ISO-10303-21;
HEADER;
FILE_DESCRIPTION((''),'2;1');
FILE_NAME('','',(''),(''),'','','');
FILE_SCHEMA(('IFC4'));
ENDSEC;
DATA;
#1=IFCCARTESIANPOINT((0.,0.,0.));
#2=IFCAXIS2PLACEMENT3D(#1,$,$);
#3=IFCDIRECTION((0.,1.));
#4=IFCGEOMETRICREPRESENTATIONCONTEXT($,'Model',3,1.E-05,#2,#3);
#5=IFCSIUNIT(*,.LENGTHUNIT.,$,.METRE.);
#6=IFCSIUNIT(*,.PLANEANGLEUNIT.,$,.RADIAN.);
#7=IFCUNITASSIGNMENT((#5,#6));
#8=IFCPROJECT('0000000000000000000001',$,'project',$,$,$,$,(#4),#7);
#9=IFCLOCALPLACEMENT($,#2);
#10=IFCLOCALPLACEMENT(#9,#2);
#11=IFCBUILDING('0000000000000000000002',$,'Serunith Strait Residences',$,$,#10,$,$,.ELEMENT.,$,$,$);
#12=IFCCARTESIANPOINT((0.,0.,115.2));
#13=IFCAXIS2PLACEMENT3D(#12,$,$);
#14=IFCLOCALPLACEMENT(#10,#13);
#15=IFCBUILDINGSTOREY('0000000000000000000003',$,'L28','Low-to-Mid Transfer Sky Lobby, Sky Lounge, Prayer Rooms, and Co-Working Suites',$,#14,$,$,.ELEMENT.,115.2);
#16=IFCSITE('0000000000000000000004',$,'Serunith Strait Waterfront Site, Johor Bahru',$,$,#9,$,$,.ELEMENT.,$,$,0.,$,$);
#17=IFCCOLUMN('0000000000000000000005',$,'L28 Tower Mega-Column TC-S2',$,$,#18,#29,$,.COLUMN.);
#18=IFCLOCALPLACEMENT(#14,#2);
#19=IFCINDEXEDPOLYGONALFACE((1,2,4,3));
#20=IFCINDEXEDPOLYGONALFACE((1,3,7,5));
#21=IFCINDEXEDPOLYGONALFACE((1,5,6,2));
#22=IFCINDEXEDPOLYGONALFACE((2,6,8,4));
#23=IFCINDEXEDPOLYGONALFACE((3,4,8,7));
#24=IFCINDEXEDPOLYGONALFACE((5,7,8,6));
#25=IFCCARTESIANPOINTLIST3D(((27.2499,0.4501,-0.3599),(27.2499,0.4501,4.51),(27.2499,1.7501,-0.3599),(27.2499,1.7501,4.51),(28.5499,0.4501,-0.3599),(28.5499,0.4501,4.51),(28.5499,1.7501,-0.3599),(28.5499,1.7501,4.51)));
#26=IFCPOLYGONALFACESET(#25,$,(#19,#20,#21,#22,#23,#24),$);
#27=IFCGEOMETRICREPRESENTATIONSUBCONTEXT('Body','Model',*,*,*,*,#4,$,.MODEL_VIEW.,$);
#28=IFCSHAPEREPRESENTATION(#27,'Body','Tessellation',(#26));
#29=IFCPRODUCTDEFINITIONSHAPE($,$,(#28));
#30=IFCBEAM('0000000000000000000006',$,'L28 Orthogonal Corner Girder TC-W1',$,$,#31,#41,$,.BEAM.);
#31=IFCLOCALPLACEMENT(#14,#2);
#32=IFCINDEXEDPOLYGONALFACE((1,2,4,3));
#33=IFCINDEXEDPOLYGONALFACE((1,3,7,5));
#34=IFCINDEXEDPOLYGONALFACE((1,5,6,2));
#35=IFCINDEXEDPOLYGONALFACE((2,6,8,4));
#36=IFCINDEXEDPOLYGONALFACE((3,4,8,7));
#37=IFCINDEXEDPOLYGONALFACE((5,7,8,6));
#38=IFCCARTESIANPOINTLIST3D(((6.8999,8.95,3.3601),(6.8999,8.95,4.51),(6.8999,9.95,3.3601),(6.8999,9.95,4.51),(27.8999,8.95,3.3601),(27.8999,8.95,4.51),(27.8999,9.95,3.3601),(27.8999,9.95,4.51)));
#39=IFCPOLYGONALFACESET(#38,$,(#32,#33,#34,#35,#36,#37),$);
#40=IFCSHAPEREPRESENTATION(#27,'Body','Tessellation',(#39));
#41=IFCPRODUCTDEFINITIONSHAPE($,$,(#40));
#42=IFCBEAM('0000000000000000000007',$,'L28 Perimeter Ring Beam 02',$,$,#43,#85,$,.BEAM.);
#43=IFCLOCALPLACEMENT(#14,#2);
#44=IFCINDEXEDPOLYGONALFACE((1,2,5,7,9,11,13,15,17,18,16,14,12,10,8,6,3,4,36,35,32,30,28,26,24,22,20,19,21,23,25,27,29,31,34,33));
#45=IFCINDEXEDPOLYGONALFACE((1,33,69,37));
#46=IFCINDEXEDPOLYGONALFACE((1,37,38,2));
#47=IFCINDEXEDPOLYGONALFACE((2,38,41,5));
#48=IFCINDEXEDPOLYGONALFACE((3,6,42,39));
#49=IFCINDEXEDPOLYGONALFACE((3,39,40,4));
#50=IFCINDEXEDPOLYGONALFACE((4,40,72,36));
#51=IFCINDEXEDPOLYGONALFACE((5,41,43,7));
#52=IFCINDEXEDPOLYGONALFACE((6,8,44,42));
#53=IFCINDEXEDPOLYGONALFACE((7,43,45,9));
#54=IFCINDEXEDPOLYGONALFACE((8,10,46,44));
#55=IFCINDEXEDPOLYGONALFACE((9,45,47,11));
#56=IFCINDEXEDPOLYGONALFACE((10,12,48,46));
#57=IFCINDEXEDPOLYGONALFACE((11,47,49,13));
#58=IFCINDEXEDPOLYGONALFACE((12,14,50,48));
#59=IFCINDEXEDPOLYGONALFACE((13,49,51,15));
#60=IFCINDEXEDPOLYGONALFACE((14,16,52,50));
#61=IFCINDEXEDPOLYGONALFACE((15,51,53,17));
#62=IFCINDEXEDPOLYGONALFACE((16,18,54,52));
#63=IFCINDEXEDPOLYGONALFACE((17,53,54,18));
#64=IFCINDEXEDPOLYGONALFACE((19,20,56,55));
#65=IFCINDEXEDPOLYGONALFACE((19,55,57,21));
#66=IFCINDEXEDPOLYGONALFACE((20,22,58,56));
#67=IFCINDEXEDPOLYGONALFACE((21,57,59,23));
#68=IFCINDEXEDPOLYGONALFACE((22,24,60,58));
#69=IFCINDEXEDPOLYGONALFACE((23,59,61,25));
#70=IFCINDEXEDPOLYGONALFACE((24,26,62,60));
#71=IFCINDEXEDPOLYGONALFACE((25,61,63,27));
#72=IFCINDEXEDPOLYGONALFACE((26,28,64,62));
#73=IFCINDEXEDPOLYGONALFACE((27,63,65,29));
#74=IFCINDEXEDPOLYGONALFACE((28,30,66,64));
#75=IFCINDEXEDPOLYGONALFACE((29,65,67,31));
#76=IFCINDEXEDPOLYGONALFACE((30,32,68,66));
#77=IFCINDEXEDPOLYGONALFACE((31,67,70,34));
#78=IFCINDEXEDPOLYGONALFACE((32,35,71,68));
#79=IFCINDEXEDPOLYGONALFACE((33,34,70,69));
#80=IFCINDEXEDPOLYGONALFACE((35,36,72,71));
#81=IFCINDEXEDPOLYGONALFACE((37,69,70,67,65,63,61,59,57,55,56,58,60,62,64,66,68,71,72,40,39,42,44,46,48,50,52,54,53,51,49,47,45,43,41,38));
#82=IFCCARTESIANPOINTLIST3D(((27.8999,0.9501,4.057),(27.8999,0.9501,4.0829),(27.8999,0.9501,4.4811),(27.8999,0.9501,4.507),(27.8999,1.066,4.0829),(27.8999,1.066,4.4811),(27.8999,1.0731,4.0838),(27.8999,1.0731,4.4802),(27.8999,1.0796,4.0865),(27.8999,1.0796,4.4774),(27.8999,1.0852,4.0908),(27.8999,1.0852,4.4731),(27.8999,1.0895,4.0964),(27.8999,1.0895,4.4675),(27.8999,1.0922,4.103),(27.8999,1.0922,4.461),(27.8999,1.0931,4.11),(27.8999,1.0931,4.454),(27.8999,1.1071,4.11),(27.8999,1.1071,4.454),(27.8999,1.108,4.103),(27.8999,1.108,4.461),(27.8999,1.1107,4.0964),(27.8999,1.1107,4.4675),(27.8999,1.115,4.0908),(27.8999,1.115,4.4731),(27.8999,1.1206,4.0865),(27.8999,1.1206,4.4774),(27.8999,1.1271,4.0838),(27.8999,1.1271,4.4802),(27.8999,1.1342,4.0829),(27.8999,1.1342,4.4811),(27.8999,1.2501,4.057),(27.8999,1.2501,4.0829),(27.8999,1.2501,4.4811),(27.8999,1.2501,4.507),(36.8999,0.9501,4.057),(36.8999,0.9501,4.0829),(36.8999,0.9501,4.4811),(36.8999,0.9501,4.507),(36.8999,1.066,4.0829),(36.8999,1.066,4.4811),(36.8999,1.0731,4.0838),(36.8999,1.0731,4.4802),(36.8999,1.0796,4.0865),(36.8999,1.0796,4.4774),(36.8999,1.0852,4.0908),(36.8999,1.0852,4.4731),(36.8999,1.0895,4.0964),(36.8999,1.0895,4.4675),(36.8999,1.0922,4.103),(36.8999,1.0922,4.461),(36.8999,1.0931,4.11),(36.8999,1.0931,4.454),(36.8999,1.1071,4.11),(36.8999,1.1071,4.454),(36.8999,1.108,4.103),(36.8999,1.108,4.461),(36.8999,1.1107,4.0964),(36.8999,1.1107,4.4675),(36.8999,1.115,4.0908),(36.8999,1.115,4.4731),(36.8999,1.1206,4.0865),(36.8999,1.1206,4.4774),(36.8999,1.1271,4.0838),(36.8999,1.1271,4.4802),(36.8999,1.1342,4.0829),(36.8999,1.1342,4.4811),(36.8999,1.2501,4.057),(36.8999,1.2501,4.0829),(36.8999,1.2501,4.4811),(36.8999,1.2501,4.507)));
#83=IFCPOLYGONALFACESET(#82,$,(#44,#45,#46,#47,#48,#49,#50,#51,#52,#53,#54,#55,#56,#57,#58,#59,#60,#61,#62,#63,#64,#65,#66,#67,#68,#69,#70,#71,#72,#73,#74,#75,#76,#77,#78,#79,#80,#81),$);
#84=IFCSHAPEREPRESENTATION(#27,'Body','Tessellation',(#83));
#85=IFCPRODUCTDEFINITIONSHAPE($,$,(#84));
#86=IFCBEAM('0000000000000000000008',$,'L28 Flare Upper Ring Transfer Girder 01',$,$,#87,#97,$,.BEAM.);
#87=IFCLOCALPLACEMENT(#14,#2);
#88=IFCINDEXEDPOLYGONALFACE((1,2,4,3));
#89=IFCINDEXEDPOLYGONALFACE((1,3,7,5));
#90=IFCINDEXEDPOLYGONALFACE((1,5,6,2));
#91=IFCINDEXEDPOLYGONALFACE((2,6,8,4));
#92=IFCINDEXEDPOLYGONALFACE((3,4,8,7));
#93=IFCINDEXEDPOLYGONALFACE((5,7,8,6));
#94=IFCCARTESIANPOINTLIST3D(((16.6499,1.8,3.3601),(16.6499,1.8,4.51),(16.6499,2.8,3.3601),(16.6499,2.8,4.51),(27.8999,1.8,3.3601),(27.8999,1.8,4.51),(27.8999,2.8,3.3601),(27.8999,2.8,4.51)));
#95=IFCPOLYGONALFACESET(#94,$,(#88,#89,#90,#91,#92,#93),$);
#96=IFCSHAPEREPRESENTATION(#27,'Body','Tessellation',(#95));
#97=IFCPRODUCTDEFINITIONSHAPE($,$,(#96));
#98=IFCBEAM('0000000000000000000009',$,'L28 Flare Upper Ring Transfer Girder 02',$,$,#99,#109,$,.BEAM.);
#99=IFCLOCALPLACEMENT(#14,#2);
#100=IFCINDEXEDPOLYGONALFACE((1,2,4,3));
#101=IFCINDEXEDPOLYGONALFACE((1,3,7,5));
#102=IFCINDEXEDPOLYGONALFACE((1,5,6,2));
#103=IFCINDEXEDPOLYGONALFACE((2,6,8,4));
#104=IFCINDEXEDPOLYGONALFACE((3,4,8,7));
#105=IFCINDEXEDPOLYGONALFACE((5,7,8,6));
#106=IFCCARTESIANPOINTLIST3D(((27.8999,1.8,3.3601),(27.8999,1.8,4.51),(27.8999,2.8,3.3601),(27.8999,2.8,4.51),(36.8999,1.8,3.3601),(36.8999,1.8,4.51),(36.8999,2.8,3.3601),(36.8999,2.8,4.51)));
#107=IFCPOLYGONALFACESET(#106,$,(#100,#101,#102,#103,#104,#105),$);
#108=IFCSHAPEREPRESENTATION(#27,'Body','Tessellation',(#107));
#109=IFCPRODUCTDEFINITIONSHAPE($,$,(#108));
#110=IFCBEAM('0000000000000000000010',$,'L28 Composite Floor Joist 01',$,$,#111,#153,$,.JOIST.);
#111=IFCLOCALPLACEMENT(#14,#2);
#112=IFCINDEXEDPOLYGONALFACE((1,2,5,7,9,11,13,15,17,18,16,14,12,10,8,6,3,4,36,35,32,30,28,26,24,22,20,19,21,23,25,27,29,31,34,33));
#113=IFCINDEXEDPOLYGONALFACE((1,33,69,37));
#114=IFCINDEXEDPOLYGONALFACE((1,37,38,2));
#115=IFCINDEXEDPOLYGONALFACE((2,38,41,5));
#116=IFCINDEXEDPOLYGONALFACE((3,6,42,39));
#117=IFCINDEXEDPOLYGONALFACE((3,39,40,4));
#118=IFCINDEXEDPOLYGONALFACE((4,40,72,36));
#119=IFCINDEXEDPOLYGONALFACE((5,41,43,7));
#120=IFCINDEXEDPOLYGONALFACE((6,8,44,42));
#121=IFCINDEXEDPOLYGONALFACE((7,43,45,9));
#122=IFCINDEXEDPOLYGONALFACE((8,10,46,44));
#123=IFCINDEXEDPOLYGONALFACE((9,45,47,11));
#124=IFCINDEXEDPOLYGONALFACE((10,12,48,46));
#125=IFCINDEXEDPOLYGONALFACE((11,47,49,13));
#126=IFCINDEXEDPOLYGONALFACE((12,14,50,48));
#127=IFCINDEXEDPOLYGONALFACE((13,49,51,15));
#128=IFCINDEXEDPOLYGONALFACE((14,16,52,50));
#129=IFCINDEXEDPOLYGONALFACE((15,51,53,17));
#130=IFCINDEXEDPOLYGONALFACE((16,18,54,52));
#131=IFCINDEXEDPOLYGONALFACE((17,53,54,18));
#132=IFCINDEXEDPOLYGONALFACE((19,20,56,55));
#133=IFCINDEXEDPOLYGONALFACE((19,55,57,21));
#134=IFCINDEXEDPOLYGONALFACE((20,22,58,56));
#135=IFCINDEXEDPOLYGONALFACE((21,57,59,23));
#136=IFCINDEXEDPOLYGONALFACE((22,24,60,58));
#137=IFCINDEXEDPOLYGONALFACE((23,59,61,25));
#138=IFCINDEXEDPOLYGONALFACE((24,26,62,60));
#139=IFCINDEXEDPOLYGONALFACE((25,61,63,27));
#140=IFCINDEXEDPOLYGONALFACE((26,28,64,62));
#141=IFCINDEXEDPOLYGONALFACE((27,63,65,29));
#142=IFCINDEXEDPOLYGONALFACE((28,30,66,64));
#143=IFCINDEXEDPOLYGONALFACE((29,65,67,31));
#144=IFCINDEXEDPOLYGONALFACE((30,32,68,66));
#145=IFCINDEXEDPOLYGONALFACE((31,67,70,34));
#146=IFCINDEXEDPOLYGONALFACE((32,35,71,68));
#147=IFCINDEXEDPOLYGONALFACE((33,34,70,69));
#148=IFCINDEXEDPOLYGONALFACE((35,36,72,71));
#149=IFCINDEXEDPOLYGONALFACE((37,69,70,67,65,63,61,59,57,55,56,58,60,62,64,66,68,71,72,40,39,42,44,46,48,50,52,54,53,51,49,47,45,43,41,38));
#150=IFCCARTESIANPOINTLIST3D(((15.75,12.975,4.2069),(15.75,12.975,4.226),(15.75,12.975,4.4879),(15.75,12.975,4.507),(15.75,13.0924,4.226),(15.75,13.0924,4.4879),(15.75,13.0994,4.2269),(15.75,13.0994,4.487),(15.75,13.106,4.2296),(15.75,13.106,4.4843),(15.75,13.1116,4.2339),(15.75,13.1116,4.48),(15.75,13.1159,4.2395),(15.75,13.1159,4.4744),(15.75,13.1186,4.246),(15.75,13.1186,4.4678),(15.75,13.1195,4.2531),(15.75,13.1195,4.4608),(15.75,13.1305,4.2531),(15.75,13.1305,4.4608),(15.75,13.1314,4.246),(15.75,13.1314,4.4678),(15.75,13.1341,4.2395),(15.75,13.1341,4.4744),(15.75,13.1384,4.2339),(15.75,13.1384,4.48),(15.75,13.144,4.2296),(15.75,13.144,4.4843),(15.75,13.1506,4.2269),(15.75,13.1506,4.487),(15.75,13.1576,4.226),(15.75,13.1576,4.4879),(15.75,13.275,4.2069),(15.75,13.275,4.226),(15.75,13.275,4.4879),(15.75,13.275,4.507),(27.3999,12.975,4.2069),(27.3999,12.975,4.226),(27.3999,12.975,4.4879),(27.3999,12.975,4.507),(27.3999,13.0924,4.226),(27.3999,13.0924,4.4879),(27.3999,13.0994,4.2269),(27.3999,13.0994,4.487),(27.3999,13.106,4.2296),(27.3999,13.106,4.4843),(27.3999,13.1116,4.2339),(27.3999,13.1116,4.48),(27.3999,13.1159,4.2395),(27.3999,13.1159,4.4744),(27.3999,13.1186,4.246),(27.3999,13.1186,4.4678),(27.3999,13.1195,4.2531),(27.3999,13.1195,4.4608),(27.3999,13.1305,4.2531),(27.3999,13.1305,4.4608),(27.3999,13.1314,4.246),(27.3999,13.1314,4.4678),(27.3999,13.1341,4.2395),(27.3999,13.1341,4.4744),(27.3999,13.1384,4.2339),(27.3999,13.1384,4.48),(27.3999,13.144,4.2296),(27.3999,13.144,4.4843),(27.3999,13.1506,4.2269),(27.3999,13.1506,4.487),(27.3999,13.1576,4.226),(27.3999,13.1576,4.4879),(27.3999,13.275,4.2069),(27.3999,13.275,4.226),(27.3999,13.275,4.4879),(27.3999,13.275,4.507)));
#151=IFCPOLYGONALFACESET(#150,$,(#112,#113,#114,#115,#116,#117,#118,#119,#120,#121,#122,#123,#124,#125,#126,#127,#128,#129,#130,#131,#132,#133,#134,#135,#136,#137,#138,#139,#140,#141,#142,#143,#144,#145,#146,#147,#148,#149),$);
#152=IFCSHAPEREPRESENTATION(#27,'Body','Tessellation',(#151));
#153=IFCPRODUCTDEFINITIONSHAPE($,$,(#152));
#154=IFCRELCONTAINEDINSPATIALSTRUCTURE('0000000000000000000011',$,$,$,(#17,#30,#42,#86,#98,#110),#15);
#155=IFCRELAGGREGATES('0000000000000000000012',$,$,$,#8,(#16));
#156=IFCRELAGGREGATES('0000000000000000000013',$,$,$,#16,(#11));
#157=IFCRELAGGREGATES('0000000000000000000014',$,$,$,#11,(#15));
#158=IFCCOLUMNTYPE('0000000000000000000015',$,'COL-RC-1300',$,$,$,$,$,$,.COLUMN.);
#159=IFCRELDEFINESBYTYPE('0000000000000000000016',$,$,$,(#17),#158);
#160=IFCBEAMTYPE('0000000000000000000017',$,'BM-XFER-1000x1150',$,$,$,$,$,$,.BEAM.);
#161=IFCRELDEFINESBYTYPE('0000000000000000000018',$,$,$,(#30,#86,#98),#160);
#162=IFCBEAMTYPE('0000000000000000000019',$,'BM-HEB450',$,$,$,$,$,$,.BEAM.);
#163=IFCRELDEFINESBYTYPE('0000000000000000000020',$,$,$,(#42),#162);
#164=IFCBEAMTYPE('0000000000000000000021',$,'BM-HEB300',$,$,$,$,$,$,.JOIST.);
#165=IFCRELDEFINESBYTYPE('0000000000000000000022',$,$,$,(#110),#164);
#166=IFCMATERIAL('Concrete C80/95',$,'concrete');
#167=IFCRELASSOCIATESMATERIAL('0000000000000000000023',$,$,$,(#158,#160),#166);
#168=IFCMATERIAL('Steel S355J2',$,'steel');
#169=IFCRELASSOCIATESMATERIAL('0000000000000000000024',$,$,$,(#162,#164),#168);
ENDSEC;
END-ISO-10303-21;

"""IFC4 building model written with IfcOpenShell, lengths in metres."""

from ifc_helpers import new_model, si_unit, direction, frame, origin, origin_2d, place, context, subcontext, project, spatial, rectangle, i_section, extrude, source, transform, mapped, material, material_profile, profile_set, type_object, element, save


model = new_model("IFC4")

# Units and contexts
model_context = context("Model", 3, precision=1e-05, world=origin(), true_north=direction((0.0, 1.0)))
body_context = subcontext(model_context, "Body", "Model", "MODEL_VIEW")
ifc_project = project(units=[si_unit("LENGTHUNIT", "METRE"), si_unit("PLANEANGLEUNIT", "RADIAN")], contexts=[model_context])

# Site, building, storey
site_placement = place(None, origin())
site = spatial("IfcSite", under=ifc_project, at=site_placement, Name="Serunith Strait Waterfront Site, Johor Bahru", CompositionType="ELEMENT", RefElevation=0.0)
building_placement = place(site_placement, origin())
building = spatial("IfcBuilding", under=site, at=building_placement, Name="Serunith Strait Residences", CompositionType="ELEMENT")
storey_placement = place(building_placement, frame((0.0, 0.0, 115.2)))
storey = spatial("IfcBuildingStorey", under=building, at=storey_placement, Name="L28", Description="Low-to-Mid Transfer Sky Lobby, Sky Lounge, Prayer Rooms, and Co-Working Suites", CompositionType="ELEMENT", Elevation=115.2)

# Column
ifc_material_1 = material(Name="Concrete C80/95", Category="concrete")
ifc_material_profile_1 = material_profile(ifc_material_1, rectangle(XDim=1.3, YDim=1.3, at=origin_2d()), Name="RC 1300x1300")
ifc_profile_set_1 = profile_set([ifc_material_profile_1], Name="Concrete C80/95")
column_type = type_object("IfcColumnType", Name="COL-RC-1300", PredefinedType="COLUMN", material=ifc_profile_set_1)
shared_shape_1 = source(origin(), body_context, "Body", "SweptSolid", [
    extrude(rectangle(XDim=1.3, YDim=1.3, at=origin_2d()), origin(), (0.0, 0.0, 1.0), 4.8699),
])
column_placement = place(storey_placement, frame((27.8999, 1.1001, -0.3599), z_axis=(0.0, 0.0, 1.0), x_axis=(1.0, 0.0, 0.0)))
element("IfcColumn", 1, at=column_placement, inside=storey, type_object=column_type, Name="L28 Tower Mega-Column TC-S2", PredefinedType="COLUMN", context=body_context, shape_type="MappedRepresentation", body=[
    mapped(shared_shape_1, transform((0.0, 0.0, 0.0), scale=1.0)),
])

# Beams
ifc_material_profile_2 = material_profile(ifc_material_1, rectangle(XDim=1.0, YDim=1.1499, at=origin_2d()), Name="RC 1000x1150")
ifc_profile_set_2 = profile_set([ifc_material_profile_2], Name="Concrete C80/95")
beam_type_1 = type_object("IfcBeamType", Name="BM-XFER-1000x1150", PredefinedType="BEAM", material=ifc_profile_set_2)
shared_shape_2 = source(origin(), body_context, "Body", "SweptSolid", [
    extrude(rectangle(XDim=1.0, YDim=1.1499, at=origin_2d()), origin(), (0.0, 0.0, 1.0), 21.0),
])
beam_1_placement = place(storey_placement, frame((27.8999, 9.45, 3.9351), z_axis=(-1.0, 0.0, 0.0), x_axis=(0.0, -1.0, 0.0)))
element("IfcBeam", 2, at=beam_1_placement, inside=storey, type_object=beam_type_1, Name="L28 Orthogonal Corner Girder TC-W1", PredefinedType="BEAM", context=body_context, shape_type="MappedRepresentation", body=[
    mapped(shared_shape_2, transform((0.0, 0.0, 0.0), scale=1.0)),
])
ifc_material_2 = material(Name="Steel S355J2", Category="steel")
ifc_material_profile_3 = material_profile(ifc_material_2, i_section(OverallWidth=0.3, OverallDepth=0.45, WebThickness=0.0139, FlangeThickness=0.0259, FilletRadius=0.0271, at=origin_2d()), Name="HEB 450")
ifc_profile_set_3 = profile_set([ifc_material_profile_3], Name="Steel S355J2")
beam_type_2 = type_object("IfcBeamType", Name="BM-HEB450", PredefinedType="BEAM", material=ifc_profile_set_3)
shared_shape_3 = source(origin(), body_context, "Body", "SweptSolid", [
    extrude(i_section(OverallWidth=0.3, OverallDepth=0.45, WebThickness=0.0139, FlangeThickness=0.0259, FilletRadius=0.0271, at=origin_2d()), origin(), (0.0, 0.0, 1.0), 9.0),
])
beam_2_placement = place(storey_placement, frame((27.8999, 1.1001, 4.282), z_axis=(1.0, 0.0, 0.0), x_axis=(0.0, 1.0, 0.0)))
element("IfcBeam", 3, at=beam_2_placement, inside=storey, type_object=beam_type_2, Name="L28 Perimeter Ring Beam 02", PredefinedType="BEAM", context=body_context, shape_type="MappedRepresentation", body=[
    mapped(shared_shape_3, transform((0.0, 0.0, 0.0), scale=1.0)),
])
shared_shape_4 = source(origin(), body_context, "Body", "SweptSolid", [
    extrude(rectangle(XDim=1.0, YDim=1.1499, at=origin_2d()), origin(), (0.0, 0.0, 1.0), 11.25),
])
beam_3_placement = place(storey_placement, frame((16.6499, 2.3, 3.9351), z_axis=(1.0, 0.0, 0.0), x_axis=(0.0, 1.0, 0.0)))
element("IfcBeam", 4, at=beam_3_placement, inside=storey, type_object=beam_type_1, Name="L28 Flare Upper Ring Transfer Girder 01", PredefinedType="BEAM", context=body_context, shape_type="MappedRepresentation", body=[
    mapped(shared_shape_4, transform((0.0, 0.0, 0.0), scale=1.0)),
])
shared_shape_5 = source(origin(), body_context, "Body", "SweptSolid", [
    extrude(rectangle(XDim=1.0, YDim=1.1499, at=origin_2d()), origin(), (0.0, 0.0, 1.0), 9.0),
])
beam_4_placement = place(storey_placement, frame((27.8999, 2.3, 3.9351), z_axis=(1.0, 0.0, 0.0), x_axis=(0.0, 1.0, 0.0)))
element("IfcBeam", 5, at=beam_4_placement, inside=storey, type_object=beam_type_1, Name="L28 Flare Upper Ring Transfer Girder 02", PredefinedType="BEAM", context=body_context, shape_type="MappedRepresentation", body=[
    mapped(shared_shape_5, transform((0.0, 0.0, 0.0), scale=1.0)),
])
ifc_material_profile_4 = material_profile(ifc_material_2, i_section(OverallWidth=0.3, OverallDepth=0.3, WebThickness=0.011, FlangeThickness=0.019, FilletRadius=0.0271, at=origin_2d()), Name="HEB 300")
ifc_profile_set_4 = profile_set([ifc_material_profile_4], Name="Steel S355J2")
beam_type_3 = type_object("IfcBeamType", Name="BM-HEB300", PredefinedType="JOIST", material=ifc_profile_set_4)
shared_shape_6 = source(origin(), body_context, "Body", "SweptSolid", [
    extrude(i_section(OverallWidth=0.3, OverallDepth=0.3, WebThickness=0.011, FlangeThickness=0.019, FilletRadius=0.0271, at=origin_2d()), origin(), (0.0, 0.0, 1.0), 11.6499),
])
beam_5_placement = place(storey_placement, frame((15.75, 13.125, 4.3569), z_axis=(1.0, 0.0, 0.0), x_axis=(0.0, 1.0, 0.0)))
element("IfcBeam", 6, at=beam_5_placement, inside=storey, type_object=beam_type_3, Name="L28 Composite Floor Joist 01", PredefinedType="JOIST", context=body_context, shape_type="MappedRepresentation", body=[
    mapped(shared_shape_6, transform((0.0, 0.0, 0.0), scale=1.0)),
])

save(model, "model.ifc")
